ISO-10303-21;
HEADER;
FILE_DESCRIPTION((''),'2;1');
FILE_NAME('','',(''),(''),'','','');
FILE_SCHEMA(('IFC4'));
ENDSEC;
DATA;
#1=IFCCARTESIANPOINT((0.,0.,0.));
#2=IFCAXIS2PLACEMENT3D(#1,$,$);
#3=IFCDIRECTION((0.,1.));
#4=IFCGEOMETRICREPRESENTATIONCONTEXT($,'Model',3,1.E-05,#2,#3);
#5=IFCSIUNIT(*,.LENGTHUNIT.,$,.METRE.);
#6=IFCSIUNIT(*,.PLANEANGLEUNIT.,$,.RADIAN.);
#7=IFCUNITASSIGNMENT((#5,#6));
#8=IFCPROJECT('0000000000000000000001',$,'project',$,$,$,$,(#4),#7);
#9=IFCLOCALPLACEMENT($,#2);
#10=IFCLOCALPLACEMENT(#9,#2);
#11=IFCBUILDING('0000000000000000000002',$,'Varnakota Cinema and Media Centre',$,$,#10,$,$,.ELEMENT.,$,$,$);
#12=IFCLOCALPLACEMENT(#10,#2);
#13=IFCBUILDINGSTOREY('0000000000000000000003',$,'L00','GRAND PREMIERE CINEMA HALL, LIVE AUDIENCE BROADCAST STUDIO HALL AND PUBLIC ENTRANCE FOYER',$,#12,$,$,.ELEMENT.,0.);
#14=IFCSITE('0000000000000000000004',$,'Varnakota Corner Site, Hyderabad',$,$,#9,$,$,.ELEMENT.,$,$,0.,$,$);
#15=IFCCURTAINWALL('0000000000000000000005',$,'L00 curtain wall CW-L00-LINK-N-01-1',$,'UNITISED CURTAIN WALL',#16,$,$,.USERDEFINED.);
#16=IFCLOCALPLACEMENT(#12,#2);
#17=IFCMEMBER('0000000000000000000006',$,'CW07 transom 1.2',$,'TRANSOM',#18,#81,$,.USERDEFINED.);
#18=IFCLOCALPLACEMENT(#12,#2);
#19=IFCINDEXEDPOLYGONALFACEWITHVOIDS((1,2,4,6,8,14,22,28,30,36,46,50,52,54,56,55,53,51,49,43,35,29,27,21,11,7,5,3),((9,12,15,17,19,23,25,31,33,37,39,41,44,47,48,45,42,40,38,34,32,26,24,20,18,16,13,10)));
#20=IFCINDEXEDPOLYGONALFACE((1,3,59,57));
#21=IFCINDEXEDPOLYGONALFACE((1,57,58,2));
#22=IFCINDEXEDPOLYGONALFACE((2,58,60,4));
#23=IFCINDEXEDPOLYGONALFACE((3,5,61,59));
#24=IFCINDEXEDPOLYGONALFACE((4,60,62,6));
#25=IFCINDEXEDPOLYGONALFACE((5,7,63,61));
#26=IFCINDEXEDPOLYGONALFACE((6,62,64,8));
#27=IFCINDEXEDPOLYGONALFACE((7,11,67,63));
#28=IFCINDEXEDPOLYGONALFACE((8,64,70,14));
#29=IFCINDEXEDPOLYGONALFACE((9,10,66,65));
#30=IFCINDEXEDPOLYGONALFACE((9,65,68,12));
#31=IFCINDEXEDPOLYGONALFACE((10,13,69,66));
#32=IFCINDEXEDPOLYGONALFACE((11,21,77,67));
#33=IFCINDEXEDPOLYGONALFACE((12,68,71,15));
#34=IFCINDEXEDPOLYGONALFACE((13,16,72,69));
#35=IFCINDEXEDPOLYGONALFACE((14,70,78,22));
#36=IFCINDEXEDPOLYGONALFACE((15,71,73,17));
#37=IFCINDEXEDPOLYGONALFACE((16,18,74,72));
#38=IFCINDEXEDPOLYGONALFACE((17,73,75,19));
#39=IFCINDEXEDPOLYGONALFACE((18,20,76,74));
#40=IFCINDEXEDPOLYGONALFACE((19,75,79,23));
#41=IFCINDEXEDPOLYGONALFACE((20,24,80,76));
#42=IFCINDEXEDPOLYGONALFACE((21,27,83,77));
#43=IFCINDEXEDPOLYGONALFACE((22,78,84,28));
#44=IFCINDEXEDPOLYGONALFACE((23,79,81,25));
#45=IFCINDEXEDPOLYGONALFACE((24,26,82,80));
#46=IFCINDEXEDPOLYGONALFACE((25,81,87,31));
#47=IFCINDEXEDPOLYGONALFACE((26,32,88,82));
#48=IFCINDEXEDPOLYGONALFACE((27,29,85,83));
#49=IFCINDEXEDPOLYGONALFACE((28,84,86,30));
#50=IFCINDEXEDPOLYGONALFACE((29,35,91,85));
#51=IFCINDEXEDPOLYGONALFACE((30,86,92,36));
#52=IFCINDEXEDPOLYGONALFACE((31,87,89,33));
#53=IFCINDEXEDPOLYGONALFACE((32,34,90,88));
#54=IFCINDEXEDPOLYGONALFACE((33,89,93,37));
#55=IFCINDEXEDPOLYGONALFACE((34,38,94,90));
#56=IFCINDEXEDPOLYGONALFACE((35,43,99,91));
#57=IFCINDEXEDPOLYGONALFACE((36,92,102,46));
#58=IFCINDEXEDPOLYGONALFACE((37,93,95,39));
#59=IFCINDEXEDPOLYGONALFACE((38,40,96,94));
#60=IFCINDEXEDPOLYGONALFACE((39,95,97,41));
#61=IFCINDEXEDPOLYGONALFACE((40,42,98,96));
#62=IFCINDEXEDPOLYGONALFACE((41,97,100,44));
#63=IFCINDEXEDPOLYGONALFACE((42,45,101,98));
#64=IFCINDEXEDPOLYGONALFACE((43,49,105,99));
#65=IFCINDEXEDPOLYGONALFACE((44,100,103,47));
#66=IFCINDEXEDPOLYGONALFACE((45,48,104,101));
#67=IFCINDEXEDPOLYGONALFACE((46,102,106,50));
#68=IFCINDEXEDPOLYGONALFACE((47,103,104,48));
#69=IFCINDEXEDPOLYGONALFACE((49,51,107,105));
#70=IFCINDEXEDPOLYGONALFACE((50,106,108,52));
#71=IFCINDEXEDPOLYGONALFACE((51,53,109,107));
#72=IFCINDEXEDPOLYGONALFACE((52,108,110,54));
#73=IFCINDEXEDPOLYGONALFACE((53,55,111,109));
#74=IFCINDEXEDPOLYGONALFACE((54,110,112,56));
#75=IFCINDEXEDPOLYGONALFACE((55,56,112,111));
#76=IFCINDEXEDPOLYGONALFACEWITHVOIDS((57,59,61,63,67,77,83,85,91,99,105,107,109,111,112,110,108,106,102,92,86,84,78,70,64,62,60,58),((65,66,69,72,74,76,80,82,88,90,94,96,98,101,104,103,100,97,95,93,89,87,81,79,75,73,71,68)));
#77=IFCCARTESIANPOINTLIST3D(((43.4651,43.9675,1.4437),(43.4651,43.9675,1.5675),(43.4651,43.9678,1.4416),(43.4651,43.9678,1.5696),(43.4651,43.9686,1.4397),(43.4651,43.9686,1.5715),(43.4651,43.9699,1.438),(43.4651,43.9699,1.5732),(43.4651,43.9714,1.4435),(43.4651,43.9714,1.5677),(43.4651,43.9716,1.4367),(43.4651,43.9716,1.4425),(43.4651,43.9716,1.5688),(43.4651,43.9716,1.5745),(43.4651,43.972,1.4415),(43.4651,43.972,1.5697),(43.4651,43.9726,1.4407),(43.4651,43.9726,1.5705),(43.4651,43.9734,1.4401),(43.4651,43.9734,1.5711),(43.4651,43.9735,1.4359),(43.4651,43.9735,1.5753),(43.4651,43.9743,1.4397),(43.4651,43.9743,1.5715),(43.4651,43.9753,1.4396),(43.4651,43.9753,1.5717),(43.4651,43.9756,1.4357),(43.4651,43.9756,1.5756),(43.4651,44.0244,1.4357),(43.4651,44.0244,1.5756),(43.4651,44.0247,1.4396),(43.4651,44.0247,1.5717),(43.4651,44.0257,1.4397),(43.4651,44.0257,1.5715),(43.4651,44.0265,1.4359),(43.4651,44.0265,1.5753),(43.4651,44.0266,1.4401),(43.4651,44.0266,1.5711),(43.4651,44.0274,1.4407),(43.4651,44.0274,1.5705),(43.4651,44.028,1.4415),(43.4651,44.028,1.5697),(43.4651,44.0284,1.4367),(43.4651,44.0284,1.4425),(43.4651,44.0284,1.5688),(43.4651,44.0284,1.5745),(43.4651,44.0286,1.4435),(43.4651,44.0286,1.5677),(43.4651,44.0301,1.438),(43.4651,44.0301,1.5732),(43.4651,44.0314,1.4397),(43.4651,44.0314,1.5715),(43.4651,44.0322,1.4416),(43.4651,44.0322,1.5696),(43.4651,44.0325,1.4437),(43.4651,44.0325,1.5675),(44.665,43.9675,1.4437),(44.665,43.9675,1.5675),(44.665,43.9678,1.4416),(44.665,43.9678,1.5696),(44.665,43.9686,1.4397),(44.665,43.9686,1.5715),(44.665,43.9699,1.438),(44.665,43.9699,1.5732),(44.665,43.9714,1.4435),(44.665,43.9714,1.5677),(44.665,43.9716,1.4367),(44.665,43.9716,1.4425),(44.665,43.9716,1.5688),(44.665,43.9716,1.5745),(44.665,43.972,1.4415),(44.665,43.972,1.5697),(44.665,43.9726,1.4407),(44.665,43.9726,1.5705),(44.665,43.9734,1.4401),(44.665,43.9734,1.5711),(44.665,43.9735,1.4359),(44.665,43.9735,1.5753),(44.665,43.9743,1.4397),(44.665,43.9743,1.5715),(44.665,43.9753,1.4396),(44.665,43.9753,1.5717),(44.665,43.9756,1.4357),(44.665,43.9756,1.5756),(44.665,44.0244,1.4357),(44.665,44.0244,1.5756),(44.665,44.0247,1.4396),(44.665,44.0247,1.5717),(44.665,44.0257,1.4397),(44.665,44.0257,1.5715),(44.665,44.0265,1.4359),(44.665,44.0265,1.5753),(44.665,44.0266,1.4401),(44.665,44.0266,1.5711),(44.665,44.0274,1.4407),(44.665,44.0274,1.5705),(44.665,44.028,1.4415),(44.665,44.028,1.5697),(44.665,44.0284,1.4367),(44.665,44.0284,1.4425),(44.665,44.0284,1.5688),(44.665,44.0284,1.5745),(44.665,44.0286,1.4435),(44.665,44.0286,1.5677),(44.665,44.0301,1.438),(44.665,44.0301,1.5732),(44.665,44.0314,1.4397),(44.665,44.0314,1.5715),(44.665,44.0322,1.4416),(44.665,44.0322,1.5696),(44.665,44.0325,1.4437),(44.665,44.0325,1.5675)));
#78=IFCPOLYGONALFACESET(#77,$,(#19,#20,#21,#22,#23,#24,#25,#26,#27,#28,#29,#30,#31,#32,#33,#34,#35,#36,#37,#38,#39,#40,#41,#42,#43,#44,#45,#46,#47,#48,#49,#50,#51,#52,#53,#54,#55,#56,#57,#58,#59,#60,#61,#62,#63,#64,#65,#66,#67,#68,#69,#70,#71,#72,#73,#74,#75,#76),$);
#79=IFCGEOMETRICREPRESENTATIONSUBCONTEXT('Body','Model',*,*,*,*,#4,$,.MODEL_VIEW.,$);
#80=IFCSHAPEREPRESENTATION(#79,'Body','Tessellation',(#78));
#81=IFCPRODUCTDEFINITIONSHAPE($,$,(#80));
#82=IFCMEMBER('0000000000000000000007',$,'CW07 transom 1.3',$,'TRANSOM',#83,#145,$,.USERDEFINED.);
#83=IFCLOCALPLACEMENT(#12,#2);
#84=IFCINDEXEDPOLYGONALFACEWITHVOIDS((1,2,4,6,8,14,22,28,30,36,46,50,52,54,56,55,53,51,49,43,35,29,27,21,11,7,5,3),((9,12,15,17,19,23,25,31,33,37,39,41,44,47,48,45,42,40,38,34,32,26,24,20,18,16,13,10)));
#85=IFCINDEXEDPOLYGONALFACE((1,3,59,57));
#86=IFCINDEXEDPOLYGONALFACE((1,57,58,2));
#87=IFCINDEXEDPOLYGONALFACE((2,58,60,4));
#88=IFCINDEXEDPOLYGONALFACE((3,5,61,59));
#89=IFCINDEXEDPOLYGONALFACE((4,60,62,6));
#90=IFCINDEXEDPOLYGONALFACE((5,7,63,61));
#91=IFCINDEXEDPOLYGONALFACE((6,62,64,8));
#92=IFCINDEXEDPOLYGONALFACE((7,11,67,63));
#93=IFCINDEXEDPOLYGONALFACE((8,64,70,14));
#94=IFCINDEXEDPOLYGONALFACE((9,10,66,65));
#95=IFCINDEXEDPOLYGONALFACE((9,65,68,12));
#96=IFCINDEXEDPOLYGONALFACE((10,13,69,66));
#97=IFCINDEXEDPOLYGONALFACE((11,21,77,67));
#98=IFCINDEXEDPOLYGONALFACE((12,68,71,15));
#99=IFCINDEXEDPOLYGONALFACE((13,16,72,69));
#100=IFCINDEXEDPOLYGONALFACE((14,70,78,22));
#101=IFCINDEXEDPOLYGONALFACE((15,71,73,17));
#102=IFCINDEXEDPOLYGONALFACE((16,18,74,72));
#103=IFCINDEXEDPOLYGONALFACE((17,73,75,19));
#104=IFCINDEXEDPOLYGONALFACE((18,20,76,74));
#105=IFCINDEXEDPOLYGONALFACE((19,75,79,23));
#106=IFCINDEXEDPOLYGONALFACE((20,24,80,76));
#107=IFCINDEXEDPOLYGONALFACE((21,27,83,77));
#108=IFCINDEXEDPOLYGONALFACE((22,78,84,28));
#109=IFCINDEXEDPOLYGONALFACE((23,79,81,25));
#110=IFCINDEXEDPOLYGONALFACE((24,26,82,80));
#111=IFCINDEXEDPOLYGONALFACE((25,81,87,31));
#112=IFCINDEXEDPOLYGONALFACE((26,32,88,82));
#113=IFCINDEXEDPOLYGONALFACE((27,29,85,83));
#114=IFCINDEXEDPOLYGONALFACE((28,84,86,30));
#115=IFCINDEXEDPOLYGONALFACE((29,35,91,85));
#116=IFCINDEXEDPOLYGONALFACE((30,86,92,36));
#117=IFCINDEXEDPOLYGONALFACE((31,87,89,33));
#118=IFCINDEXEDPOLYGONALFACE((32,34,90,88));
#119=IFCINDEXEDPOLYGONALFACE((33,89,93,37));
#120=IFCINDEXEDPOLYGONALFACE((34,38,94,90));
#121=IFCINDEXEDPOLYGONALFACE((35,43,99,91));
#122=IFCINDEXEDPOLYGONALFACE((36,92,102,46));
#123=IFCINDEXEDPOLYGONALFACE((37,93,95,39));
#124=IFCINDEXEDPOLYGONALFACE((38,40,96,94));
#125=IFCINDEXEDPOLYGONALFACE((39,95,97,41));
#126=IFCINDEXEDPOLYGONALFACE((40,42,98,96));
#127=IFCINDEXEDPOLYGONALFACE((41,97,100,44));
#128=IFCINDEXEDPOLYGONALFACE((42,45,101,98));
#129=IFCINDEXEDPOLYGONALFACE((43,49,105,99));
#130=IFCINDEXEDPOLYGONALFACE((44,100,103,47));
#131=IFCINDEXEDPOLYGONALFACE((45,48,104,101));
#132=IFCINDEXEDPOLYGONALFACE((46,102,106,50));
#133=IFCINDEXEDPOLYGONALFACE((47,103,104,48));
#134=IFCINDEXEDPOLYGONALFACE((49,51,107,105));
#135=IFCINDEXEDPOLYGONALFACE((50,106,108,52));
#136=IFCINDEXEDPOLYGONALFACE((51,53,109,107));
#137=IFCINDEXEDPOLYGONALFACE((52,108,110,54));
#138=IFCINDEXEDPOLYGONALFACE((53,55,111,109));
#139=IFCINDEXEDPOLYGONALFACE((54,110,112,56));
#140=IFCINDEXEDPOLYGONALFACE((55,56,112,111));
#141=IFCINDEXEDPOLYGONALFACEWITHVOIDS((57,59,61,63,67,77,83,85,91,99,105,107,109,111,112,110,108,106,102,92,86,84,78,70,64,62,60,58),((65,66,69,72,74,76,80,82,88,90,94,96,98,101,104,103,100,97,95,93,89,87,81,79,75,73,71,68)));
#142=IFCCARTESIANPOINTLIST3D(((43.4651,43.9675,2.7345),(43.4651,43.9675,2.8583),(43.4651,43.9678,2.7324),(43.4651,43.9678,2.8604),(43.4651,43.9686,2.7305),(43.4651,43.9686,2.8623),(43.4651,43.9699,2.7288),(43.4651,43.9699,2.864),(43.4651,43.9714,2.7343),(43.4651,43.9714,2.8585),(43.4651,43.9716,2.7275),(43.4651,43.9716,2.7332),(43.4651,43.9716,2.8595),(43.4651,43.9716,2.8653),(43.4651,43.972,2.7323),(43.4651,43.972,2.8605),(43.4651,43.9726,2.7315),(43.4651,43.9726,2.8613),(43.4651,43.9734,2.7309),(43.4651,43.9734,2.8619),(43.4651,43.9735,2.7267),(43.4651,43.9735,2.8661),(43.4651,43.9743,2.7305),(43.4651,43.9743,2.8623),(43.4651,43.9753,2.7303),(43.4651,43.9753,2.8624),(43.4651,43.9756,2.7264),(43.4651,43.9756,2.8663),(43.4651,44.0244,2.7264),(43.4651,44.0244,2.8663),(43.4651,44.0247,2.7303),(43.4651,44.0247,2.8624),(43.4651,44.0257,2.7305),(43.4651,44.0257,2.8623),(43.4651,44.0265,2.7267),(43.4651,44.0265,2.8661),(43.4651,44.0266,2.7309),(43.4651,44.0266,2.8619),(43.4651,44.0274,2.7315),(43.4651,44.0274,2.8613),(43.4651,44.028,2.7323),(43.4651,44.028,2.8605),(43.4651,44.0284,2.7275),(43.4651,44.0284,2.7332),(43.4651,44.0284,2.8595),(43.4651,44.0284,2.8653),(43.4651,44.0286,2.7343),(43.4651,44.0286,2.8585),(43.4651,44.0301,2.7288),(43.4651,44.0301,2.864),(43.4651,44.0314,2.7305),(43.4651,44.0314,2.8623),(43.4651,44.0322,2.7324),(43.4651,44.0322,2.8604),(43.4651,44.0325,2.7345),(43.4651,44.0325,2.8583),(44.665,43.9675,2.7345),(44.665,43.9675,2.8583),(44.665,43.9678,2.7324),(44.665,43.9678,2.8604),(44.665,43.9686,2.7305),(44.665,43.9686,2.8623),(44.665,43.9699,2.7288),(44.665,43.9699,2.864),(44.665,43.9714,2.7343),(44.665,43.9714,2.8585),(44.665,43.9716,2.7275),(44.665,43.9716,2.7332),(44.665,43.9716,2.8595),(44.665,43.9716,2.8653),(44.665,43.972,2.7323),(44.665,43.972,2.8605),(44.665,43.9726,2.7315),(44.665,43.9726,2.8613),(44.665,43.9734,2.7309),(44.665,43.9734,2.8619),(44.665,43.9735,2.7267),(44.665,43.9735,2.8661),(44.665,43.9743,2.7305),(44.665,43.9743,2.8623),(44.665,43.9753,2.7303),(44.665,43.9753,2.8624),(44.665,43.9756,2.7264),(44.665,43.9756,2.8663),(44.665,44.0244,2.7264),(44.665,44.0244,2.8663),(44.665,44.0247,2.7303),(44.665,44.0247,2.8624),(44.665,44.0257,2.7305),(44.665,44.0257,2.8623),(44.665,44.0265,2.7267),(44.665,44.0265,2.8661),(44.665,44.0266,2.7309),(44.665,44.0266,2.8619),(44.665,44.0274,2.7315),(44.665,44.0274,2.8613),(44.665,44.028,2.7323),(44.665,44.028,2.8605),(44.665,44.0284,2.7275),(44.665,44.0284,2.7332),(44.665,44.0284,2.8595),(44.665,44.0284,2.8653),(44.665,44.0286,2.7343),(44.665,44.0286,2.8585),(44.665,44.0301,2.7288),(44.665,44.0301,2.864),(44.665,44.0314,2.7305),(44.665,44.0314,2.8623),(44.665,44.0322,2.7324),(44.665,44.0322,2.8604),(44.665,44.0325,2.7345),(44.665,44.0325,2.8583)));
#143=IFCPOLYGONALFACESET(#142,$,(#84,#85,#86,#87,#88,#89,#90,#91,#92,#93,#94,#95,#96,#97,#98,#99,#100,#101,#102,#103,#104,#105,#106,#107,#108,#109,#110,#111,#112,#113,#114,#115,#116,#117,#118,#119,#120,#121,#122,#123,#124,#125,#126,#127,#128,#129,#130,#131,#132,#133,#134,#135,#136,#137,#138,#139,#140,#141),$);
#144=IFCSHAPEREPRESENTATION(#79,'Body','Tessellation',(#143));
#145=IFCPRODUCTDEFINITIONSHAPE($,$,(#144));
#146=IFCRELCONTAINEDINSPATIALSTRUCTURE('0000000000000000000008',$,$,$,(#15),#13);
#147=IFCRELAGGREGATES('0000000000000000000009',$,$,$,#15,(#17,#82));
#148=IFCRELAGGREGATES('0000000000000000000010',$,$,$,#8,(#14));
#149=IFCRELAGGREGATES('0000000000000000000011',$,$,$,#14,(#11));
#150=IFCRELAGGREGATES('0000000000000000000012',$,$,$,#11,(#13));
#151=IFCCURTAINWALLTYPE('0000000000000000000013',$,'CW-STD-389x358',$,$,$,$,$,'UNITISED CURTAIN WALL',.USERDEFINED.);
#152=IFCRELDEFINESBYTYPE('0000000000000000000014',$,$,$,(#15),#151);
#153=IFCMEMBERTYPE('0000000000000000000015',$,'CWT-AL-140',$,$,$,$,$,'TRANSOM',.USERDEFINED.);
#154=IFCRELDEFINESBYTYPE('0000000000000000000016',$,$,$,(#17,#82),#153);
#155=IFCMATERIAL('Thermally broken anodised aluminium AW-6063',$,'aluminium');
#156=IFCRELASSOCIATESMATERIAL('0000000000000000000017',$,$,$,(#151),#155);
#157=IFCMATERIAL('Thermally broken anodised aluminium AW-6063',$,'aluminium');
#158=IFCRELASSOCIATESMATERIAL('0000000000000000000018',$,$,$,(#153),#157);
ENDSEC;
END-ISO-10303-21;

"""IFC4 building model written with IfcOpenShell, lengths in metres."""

from ifc_helpers import new_model, si_unit, direction, frame, origin, origin_2d, place, context, subcontext, project, spatial, hollow_rectangle, extrude, material, material_profile, profile_set, type_object, element, aggregate, save


model = new_model("IFC4")

# Units and contexts
model_context = context("Model", 3, precision=1e-05, world=origin(), true_north=direction((0.0, 1.0)))
body_context = subcontext(model_context, "Body", "Model", "MODEL_VIEW")
ifc_project = project(units=[si_unit("LENGTHUNIT", "METRE"), si_unit("PLANEANGLEUNIT", "RADIAN")], contexts=[model_context])

# Site, building, storey
site_placement = place(None, origin())
site = spatial("IfcSite", under=ifc_project, at=site_placement, Name="Varnakota Corner Site, Hyderabad", CompositionType="ELEMENT", RefElevation=0.0)
building_placement = place(site_placement, origin())
building = spatial("IfcBuilding", under=site, at=building_placement, Name="Varnakota Cinema and Media Centre", CompositionType="ELEMENT")
storey_placement = place(building_placement, origin())
storey = spatial("IfcBuildingStorey", under=building, at=storey_placement, Name="L00", Description="GRAND PREMIERE CINEMA HALL, LIVE AUDIENCE BROADCAST STUDIO HALL AND PUBLIC ENTRANCE FOYER", CompositionType="ELEMENT", Elevation=0.0)

# Curtain wall
ifc_material_1 = material(Name="Thermally broken anodised aluminium AW-6063", Category="aluminium")
curtain_wall_type = type_object("IfcCurtainWallType", Name="CW-STD-389x358", ElementType="UNITISED CURTAIN WALL", PredefinedType="USERDEFINED", material=ifc_material_1)
curtain_wall_1_placement = place(storey_placement, origin())
curtain_wall_1 = element("IfcCurtainWall", 1, at=curtain_wall_1_placement, inside=storey, type_object=curtain_wall_type, Name="L00 curtain wall CW-L00-LINK-N-01-1", ObjectType="UNITISED CURTAIN WALL", PredefinedType="USERDEFINED")

# Members
ifc_material_2 = material(Name="Thermally broken anodised aluminium AW-6063", Category="aluminium")
ifc_material_profile_1 = material_profile(ifc_material_2, hollow_rectangle(XDim=0.0649, YDim=0.1399, WallThickness=0.0039, InnerFilletRadius=0.0039, OuterFilletRadius=0.0081, at=origin_2d()), Name="AL-TRANSOM 140x65x4")
ifc_profile_set_1 = profile_set([ifc_material_profile_1], Name="Thermally broken anodised aluminium AW-6063")
member_type_1 = type_object("IfcMemberType", Name="CWT-AL-140", ElementType="TRANSOM", PredefinedType="USERDEFINED", material=ifc_profile_set_1)
member_1_placement = place(storey_placement, frame((43.4651, 44.0, 1.5056), z_axis=(1.0, 0.0, 0.0), x_axis=(0.0, 1.0, 0.0)))
member_1 = element("IfcMember", 2, at=member_1_placement, type_object=member_type_1, Name="CW07 transom 1.2", ObjectType="TRANSOM", PredefinedType="USERDEFINED", context=body_context, shape_type="SweptSolid", body=[
    extrude(hollow_rectangle(XDim=0.0649, YDim=0.1399, WallThickness=0.0039, InnerFilletRadius=0.0039, OuterFilletRadius=0.0081, at=origin_2d()), origin(), (0.0, 0.0, 1.0), 1.2),
])
member_2_placement = place(storey_placement, frame((43.4651, 44.0, 2.7964), z_axis=(1.0, 0.0, 0.0), x_axis=(0.0, 1.0, 0.0)))
member_2 = element("IfcMember", 3, at=member_2_placement, type_object=member_type_1, Name="CW07 transom 1.3", ObjectType="TRANSOM", PredefinedType="USERDEFINED", context=body_context, shape_type="SweptSolid", body=[
    extrude(hollow_rectangle(XDim=0.0649, YDim=0.1399, WallThickness=0.0039, InnerFilletRadius=0.0039, OuterFilletRadius=0.0081, at=origin_2d()), origin(), (0.0, 0.0, 1.0), 1.2),
])

aggregate(curtain_wall_1, [member_1, member_2])

save(model, "model.ifc")
